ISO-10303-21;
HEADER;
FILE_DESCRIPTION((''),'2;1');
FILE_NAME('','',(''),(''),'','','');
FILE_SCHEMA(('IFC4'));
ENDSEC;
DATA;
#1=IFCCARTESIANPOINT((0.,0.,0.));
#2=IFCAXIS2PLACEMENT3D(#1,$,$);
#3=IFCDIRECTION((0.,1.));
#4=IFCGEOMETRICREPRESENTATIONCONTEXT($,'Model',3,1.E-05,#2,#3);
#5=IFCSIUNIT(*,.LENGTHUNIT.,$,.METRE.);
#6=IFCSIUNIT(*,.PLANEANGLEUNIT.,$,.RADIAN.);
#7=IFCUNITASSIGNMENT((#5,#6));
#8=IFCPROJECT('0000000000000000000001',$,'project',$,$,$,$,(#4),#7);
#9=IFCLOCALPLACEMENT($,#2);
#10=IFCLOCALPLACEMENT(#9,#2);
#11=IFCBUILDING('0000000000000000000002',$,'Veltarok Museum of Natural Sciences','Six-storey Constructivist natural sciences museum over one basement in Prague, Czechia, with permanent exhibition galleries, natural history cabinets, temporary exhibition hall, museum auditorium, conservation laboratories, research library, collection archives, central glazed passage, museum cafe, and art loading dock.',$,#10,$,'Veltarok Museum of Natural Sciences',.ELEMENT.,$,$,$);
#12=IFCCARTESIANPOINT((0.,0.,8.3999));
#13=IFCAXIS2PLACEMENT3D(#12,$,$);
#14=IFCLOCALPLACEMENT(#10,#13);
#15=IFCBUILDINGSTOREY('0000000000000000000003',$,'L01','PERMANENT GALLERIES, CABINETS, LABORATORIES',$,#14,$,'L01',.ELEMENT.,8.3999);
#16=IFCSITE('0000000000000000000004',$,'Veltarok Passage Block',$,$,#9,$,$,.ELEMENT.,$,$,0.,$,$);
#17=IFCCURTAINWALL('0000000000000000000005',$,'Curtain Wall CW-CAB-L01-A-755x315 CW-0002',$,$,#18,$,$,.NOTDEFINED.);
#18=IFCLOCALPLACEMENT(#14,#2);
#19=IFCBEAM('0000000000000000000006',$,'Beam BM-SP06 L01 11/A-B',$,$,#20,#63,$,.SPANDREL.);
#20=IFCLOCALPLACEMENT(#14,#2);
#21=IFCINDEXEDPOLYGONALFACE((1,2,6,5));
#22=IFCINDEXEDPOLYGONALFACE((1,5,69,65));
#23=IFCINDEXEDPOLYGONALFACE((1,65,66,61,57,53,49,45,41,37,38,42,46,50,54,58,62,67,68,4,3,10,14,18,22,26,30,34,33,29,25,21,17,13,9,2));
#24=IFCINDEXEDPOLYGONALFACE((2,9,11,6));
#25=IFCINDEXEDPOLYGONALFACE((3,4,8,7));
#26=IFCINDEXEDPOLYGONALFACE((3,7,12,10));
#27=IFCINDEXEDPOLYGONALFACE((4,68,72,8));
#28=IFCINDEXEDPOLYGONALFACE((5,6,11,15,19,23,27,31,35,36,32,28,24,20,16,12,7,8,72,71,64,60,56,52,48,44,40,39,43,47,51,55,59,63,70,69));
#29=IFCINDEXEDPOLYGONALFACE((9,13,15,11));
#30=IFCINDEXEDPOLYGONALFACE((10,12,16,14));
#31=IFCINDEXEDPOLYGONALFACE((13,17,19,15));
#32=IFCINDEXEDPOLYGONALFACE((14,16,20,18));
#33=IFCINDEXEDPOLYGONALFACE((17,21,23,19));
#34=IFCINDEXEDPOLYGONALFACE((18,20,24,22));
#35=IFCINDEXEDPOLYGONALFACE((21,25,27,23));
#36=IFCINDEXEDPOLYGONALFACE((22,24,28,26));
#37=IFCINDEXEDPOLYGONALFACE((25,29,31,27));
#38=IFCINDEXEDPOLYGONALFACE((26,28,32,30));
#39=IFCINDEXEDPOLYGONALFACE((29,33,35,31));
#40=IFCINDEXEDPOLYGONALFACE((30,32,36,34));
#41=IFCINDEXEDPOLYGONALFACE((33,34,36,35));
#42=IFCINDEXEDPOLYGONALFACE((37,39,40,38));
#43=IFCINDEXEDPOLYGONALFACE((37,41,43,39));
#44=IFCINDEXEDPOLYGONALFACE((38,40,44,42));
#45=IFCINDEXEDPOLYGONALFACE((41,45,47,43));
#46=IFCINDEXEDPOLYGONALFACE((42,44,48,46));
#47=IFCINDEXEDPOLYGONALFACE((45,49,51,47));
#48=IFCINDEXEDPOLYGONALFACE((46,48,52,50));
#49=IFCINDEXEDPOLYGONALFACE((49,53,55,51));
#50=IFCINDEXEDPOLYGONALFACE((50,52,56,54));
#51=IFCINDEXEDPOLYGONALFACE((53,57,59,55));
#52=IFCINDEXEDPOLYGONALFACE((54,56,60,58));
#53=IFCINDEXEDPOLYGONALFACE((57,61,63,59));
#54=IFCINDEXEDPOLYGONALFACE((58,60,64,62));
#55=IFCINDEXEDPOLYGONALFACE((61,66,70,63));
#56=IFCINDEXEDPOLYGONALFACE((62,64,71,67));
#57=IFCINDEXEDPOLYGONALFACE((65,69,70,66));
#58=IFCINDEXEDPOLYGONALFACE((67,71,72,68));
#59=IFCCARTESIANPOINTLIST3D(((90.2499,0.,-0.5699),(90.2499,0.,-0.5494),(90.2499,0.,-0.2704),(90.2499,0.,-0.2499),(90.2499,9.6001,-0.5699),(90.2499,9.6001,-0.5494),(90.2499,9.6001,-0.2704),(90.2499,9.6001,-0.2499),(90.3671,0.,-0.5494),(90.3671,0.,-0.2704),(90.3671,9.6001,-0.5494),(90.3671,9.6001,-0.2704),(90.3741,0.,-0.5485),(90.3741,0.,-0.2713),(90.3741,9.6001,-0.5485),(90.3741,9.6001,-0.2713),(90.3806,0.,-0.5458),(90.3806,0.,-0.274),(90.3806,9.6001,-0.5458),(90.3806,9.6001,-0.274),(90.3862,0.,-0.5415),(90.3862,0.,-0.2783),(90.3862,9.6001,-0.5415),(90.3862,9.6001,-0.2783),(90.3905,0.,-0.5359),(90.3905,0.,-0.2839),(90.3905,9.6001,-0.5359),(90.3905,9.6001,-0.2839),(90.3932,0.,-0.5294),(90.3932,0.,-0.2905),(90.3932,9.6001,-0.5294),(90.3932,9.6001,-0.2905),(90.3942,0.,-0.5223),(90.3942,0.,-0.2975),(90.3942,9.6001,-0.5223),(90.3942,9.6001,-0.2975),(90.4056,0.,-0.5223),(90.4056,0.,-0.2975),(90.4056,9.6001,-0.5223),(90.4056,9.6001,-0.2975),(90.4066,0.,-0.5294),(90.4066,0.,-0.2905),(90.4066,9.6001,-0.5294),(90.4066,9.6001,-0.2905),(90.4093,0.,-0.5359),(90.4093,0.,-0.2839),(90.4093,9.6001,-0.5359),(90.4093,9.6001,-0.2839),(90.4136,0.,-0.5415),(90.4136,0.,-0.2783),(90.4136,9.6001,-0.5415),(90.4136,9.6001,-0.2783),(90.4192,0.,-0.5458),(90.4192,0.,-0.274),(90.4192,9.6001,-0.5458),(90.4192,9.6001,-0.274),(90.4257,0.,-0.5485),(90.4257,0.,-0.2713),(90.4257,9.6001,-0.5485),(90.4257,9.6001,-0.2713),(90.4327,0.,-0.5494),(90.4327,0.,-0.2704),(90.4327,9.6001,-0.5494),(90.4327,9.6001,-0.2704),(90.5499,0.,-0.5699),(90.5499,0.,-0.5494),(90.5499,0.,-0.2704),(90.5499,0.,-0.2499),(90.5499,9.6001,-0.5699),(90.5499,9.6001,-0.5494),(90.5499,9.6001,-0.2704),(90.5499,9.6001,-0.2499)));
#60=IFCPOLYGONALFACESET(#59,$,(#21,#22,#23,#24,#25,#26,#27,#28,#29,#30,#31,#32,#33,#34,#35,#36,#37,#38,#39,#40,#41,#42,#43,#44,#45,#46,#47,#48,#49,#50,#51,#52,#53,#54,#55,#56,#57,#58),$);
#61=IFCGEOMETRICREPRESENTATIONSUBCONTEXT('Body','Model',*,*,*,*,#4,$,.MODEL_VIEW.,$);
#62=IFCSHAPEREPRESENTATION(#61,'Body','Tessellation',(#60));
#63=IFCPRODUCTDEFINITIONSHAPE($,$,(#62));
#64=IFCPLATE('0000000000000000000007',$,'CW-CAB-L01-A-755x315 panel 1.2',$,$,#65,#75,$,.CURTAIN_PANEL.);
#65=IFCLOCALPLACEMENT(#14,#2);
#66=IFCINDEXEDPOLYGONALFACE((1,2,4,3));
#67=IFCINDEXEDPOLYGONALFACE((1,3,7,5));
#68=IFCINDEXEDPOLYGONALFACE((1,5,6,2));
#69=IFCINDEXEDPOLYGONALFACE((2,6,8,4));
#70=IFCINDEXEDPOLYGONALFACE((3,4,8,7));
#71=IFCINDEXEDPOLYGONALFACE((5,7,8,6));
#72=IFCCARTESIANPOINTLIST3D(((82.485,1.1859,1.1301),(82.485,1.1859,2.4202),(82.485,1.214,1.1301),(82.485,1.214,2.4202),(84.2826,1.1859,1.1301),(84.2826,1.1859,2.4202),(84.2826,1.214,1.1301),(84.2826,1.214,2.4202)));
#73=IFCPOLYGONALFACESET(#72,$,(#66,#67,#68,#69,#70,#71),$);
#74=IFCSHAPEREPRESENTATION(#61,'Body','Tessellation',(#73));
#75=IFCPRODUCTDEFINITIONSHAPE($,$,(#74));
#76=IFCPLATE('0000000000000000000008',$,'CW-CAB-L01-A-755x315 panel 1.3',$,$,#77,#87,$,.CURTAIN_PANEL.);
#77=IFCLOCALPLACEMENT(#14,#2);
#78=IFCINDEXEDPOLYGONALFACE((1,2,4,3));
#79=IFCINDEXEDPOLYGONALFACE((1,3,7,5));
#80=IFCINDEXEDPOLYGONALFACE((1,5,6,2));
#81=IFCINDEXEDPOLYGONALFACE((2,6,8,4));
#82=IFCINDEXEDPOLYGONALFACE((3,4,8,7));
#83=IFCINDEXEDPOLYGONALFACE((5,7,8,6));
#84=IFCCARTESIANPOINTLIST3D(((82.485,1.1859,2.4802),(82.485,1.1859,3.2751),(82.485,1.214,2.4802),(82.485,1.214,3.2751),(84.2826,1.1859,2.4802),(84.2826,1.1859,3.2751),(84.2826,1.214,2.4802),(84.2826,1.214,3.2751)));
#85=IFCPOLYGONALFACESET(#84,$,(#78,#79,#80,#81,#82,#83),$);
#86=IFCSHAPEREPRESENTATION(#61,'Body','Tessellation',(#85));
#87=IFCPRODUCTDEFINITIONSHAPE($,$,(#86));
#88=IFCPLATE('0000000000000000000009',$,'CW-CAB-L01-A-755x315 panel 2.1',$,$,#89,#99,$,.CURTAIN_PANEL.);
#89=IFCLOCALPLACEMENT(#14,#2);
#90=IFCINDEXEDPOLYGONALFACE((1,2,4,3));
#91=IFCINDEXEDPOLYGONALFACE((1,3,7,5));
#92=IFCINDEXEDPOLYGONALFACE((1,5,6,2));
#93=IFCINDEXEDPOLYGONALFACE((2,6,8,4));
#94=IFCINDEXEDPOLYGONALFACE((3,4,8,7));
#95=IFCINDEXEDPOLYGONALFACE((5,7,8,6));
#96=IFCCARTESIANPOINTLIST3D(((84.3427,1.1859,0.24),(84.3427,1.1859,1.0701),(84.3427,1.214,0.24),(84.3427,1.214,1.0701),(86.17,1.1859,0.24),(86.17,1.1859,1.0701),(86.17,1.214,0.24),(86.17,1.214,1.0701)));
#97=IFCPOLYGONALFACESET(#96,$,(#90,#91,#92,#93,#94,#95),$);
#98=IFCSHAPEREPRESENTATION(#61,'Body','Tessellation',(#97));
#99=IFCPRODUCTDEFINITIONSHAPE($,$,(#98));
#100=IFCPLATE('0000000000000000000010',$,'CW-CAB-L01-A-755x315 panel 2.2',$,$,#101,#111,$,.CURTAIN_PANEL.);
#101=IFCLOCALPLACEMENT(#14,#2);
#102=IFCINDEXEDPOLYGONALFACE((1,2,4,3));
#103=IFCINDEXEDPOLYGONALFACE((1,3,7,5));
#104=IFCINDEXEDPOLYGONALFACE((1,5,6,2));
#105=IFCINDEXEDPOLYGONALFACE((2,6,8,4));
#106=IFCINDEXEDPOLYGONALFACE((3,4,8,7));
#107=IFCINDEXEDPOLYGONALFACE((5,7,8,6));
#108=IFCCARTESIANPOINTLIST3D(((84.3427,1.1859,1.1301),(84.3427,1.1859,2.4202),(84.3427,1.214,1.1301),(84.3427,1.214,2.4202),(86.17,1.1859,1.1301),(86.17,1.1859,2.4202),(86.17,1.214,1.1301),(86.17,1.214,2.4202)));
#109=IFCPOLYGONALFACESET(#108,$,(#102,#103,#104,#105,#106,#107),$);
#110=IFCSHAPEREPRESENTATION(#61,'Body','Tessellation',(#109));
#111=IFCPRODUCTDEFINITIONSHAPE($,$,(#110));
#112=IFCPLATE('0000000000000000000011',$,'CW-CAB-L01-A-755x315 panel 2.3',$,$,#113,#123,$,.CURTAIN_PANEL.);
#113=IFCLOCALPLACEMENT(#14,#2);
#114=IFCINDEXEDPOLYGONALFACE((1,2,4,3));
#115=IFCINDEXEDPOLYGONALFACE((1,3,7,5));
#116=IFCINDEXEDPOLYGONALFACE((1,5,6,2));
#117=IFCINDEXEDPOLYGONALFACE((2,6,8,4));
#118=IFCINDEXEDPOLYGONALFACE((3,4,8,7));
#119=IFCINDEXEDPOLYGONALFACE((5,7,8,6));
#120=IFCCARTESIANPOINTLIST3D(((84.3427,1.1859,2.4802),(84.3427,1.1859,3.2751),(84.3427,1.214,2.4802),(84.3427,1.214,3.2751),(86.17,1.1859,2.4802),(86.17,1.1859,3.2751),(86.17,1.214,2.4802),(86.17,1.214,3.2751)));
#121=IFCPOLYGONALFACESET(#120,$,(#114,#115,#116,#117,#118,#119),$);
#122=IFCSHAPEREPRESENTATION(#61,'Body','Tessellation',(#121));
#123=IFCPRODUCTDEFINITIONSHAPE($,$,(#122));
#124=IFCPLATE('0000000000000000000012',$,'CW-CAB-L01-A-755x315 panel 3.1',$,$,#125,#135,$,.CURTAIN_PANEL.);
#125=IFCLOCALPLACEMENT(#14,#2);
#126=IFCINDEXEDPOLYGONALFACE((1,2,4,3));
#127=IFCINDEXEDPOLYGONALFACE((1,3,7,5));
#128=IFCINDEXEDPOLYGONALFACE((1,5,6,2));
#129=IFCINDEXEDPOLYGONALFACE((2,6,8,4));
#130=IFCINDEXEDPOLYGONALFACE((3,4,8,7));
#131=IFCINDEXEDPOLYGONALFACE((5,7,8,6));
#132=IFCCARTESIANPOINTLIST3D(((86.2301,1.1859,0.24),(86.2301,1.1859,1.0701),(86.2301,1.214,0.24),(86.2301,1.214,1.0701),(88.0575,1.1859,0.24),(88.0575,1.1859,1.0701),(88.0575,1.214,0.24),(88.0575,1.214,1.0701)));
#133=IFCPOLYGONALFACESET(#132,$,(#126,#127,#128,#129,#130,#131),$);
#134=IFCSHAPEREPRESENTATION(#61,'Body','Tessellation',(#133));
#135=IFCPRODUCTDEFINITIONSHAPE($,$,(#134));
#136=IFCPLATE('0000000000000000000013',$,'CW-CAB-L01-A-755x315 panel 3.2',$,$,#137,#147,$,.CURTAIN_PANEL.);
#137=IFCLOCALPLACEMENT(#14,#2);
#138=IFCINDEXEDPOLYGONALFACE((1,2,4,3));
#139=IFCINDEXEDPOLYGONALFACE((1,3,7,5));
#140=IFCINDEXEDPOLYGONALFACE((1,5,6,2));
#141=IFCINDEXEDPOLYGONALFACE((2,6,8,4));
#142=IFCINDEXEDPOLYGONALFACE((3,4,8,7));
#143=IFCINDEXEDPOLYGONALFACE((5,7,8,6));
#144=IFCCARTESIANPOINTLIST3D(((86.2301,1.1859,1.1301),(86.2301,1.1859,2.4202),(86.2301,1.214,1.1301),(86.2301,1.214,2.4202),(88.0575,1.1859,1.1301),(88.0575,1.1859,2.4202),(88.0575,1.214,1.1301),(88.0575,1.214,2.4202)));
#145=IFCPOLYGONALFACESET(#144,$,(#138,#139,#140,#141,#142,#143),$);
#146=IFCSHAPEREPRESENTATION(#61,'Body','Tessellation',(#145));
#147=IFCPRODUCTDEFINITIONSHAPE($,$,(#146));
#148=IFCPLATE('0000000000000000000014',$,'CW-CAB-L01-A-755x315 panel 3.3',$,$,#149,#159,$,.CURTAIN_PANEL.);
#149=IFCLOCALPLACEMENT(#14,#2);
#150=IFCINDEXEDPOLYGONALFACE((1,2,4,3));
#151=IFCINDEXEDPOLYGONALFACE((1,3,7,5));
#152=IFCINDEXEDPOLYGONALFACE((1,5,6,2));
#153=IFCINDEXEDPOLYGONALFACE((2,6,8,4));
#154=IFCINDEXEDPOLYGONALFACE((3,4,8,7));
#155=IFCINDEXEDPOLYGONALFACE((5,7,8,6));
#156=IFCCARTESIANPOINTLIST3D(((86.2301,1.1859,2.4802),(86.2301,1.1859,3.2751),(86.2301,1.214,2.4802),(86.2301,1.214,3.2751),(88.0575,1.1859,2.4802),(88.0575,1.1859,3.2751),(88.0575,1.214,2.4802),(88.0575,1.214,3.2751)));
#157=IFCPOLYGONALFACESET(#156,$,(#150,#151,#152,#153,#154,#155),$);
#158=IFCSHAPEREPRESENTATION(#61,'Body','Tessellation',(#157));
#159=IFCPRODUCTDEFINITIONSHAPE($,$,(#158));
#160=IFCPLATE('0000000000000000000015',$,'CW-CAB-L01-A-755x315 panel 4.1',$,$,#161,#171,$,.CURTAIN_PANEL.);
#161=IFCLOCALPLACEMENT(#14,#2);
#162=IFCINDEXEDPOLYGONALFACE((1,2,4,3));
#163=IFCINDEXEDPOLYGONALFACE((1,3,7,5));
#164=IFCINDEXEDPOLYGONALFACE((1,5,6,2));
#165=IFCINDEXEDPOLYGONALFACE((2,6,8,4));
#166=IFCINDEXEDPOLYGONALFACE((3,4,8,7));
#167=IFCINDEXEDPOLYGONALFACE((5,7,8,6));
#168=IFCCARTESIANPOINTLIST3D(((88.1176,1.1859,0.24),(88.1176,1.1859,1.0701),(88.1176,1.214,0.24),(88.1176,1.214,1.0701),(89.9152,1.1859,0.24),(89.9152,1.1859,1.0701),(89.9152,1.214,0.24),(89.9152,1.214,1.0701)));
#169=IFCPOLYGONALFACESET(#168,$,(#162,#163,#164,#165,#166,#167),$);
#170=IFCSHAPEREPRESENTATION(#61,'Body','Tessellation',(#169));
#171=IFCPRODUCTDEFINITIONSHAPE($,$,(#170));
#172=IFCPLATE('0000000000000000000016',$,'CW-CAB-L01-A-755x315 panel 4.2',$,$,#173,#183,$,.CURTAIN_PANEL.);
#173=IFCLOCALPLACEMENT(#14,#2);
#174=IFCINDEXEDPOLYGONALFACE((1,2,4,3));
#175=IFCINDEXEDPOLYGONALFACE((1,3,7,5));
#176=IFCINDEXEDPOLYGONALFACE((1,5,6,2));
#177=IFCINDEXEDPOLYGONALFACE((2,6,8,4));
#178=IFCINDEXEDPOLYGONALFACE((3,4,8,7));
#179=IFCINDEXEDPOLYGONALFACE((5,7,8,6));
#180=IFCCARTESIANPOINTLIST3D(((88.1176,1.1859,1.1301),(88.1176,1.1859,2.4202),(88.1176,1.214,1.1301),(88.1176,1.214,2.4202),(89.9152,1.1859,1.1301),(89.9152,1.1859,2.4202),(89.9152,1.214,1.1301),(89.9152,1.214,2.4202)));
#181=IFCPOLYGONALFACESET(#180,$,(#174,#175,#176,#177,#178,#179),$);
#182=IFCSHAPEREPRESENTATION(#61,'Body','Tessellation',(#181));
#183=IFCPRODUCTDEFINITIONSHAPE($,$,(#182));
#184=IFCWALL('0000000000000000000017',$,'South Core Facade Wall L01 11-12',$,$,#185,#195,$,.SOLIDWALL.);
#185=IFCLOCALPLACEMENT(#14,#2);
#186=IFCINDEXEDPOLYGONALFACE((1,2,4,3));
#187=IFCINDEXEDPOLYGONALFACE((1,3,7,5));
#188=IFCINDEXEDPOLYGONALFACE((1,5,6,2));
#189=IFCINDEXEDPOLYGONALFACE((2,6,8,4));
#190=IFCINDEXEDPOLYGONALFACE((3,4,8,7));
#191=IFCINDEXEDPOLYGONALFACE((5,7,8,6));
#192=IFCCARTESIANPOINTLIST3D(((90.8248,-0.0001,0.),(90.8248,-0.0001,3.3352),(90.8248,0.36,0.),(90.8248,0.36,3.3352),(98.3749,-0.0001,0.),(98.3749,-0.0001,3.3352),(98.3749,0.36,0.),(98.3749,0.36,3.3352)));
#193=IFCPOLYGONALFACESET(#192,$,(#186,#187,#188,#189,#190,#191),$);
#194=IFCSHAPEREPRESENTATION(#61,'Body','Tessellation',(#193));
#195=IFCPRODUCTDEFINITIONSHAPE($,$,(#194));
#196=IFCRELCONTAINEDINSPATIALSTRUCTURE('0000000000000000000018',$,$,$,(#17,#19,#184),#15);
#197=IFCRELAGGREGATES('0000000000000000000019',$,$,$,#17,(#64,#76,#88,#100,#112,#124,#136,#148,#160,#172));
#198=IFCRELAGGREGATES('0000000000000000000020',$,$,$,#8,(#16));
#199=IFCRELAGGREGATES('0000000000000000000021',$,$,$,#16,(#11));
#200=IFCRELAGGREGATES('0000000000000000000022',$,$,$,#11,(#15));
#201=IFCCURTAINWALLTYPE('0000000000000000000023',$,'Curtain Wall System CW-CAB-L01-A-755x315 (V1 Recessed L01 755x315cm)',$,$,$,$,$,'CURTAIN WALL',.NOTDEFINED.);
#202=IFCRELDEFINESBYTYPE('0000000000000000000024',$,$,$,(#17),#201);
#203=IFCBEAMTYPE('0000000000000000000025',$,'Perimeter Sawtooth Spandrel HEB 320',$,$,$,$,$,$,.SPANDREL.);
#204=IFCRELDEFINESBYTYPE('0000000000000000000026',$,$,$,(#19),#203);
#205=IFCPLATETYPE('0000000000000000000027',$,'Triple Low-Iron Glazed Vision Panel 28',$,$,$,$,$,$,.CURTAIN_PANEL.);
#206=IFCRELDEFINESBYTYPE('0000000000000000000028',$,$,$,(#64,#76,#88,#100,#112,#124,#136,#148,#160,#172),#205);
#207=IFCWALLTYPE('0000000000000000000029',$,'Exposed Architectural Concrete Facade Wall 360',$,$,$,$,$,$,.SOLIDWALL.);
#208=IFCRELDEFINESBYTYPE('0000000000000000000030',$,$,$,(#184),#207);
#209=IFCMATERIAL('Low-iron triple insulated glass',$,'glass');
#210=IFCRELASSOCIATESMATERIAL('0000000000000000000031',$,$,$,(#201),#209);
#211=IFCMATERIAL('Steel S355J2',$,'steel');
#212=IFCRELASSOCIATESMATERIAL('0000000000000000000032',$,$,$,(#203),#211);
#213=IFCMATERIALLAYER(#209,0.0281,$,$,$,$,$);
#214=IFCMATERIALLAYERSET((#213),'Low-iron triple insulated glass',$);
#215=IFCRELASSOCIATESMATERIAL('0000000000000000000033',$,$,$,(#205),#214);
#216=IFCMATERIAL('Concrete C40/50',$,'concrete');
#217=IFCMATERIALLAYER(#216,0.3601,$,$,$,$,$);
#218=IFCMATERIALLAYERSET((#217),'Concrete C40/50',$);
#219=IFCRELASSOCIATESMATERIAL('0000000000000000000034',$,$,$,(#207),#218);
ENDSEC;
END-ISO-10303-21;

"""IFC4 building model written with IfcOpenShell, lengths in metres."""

from ifc_helpers import new_model, si_unit, direction, frame, frame_2d, origin, origin_2d, place, context, subcontext, project, spatial, rectangle, i_section, extrude, material, layer, layer_set, material_profile, profile_set, type_object, element, aggregate, save


model = new_model("IFC4")

# Units and contexts
model_context = context("Model", 3, precision=1e-05, world=origin(), true_north=direction((0.0, 1.0)))
body_context = subcontext(model_context, "Body", "Model", "MODEL_VIEW")
ifc_project = project(units=[si_unit("LENGTHUNIT", "METRE"), si_unit("PLANEANGLEUNIT", "RADIAN")], contexts=[model_context])

# Site, building, storey
site_placement = place(None, origin())
site = spatial("IfcSite", under=ifc_project, at=site_placement, Name="Veltarok Passage Block", CompositionType="ELEMENT", RefElevation=0.0)
building_placement = place(site_placement, origin())
building = spatial("IfcBuilding", under=site, at=building_placement, Name="Veltarok Museum of Natural Sciences", Description="Six-storey Constructivist natural sciences museum over one basement in Prague, Czechia, with permanent exhibition galleries, natural history cabinets, temporary exhibition hall, museum auditorium, conservation laboratories, research library, collection archives, central glazed passage, museum cafe, and art loading dock.", LongName="Veltarok Museum of Natural Sciences", CompositionType="ELEMENT")
storey_placement = place(building_placement, frame((0.0, 0.0, 8.3999)))
storey = spatial("IfcBuildingStorey", under=building, at=storey_placement, Name="L01", Description="PERMANENT GALLERIES, CABINETS, LABORATORIES", LongName="L01", CompositionType="ELEMENT", Elevation=8.3999)

# Shared definitions
ifc_material_1 = material(Name="Concrete C40/50", Category="concrete")

# Curtain wall
ifc_material_2 = material(Name="Low-iron triple insulated glass", Category="glass")
curtain_wall_type = type_object("IfcCurtainWallType", Name="Curtain Wall System CW-CAB-L01-A-755x315 (V1 Recessed L01 755x315cm)", ElementType="CURTAIN WALL", PredefinedType="NOTDEFINED", material=ifc_material_2)
curtain_wall_placement = place(storey_placement, origin())
curtain_wall = element("IfcCurtainWall", 1, at=curtain_wall_placement, inside=storey, type_object=curtain_wall_type, Name="Curtain Wall CW-CAB-L01-A-755x315 CW-0002", PredefinedType="NOTDEFINED")

# Beam
ifc_material_3 = material(Name="Steel S355J2", Category="steel")
ifc_material_profile_1 = material_profile(ifc_material_3, i_section(OverallWidth=0.3, OverallDepth=0.3201, WebThickness=0.0115, FlangeThickness=0.0205, FilletRadius=0.0271, at=origin_2d()), Name="HEB 320")
ifc_profile_set_1 = profile_set([ifc_material_profile_1], Name="Steel S355J2")
beam_type_1 = type_object("IfcBeamType", Name="Perimeter Sawtooth Spandrel HEB 320", PredefinedType="SPANDREL", material=ifc_profile_set_1)
beam_1_placement = place(storey_placement, frame((90.3999, 0.0, -0.4099), z_axis=(0.0, 1.0, 0.0), x_axis=(-1.0, 0.0, 0.0)))
element("IfcBeam", 2, at=beam_1_placement, inside=storey, type_object=beam_type_1, Name="Beam BM-SP06 L01 11/A-B", PredefinedType="SPANDREL", context=body_context, shape_type="SweptSolid", body=[
    extrude(i_section(OverallWidth=0.3, OverallDepth=0.3201, WebThickness=0.0115, FlangeThickness=0.0205, FilletRadius=0.0271, at=origin_2d()), origin(), (0.0, 0.0, 1.0), 9.6001),
])

# Plates
ifc_layer_1 = layer(ifc_material_2, 0.0281)
ifc_layer_set_1 = layer_set([ifc_layer_1], Name="Low-iron triple insulated glass")
plate_type = type_object("IfcPlateType", Name="Triple Low-Iron Glazed Vision Panel 28", PredefinedType="CURTAIN_PANEL", material=ifc_layer_set_1)
plate_1_placement = place(storey_placement, frame((83.3838, 1.2, 1.1301), z_axis=(0.0, 0.0, 1.0), x_axis=(1.0, 0.0, 0.0)))
plate_1 = element("IfcPlate", 3, at=plate_1_placement, type_object=plate_type, Name="CW-CAB-L01-A-755x315 panel 1.2", PredefinedType="CURTAIN_PANEL", context=body_context, shape_type="SweptSolid", body=[
    extrude(rectangle(XDim=1.7976, YDim=0.0281, at=origin_2d()), origin(), (0.0, 0.0, 1.0), 1.29),
])
plate_2_placement = place(storey_placement, frame((83.3838, 1.2, 2.4802), z_axis=(0.0, 0.0, 1.0), x_axis=(1.0, 0.0, 0.0)))
plate_2 = element("IfcPlate", 4, at=plate_2_placement, type_object=plate_type, Name="CW-CAB-L01-A-755x315 panel 1.3", PredefinedType="CURTAIN_PANEL", context=body_context, shape_type="SweptSolid", body=[
    extrude(rectangle(XDim=1.7976, YDim=0.0281, at=origin_2d()), origin(), (0.0, 0.0, 1.0), 0.7949),
])
plate_3_placement = place(storey_placement, frame((85.2563, 1.2, 0.24), z_axis=(0.0, 0.0, 1.0), x_axis=(1.0, 0.0, 0.0)))
plate_3 = element("IfcPlate", 5, at=plate_3_placement, type_object=plate_type, Name="CW-CAB-L01-A-755x315 panel 2.1", PredefinedType="CURTAIN_PANEL", context=body_context, shape_type="SweptSolid", body=[
    extrude(rectangle(XDim=1.8274, YDim=0.0281, at=origin_2d()), origin(), (0.0, 0.0, 1.0), 0.8301),
])
plate_4_placement = place(storey_placement, frame((85.2563, 1.2, 1.1301), z_axis=(0.0, 0.0, 1.0), x_axis=(1.0, 0.0, 0.0)))
plate_4 = element("IfcPlate", 6, at=plate_4_placement, type_object=plate_type, Name="CW-CAB-L01-A-755x315 panel 2.2", PredefinedType="CURTAIN_PANEL", context=body_context, shape_type="SweptSolid", body=[
    extrude(rectangle(XDim=1.8274, YDim=0.0281, at=origin_2d()), origin(), (0.0, 0.0, 1.0), 1.29),
])
plate_5_placement = place(storey_placement, frame((85.2563, 1.2, 2.4802), z_axis=(0.0, 0.0, 1.0), x_axis=(1.0, 0.0, 0.0)))
plate_5 = element("IfcPlate", 7, at=plate_5_placement, type_object=plate_type, Name="CW-CAB-L01-A-755x315 panel 2.3", PredefinedType="CURTAIN_PANEL", context=body_context, shape_type="SweptSolid", body=[
    extrude(rectangle(XDim=1.8274, YDim=0.0281, at=origin_2d()), origin(), (0.0, 0.0, 1.0), 0.7949),
])
plate_6_placement = place(storey_placement, frame((87.1438, 1.2, 0.24), z_axis=(0.0, 0.0, 1.0), x_axis=(1.0, 0.0, 0.0)))
plate_6 = element("IfcPlate", 8, at=plate_6_placement, type_object=plate_type, Name="CW-CAB-L01-A-755x315 panel 3.1", PredefinedType="CURTAIN_PANEL", context=body_context, shape_type="SweptSolid", body=[
    extrude(rectangle(XDim=1.8274, YDim=0.0281, at=origin_2d()), origin(), (0.0, 0.0, 1.0), 0.8301),
])
plate_7_placement = place(storey_placement, frame((87.1438, 1.2, 1.1301), z_axis=(0.0, 0.0, 1.0), x_axis=(1.0, 0.0, 0.0)))
plate_7 = element("IfcPlate", 9, at=plate_7_placement, type_object=plate_type, Name="CW-CAB-L01-A-755x315 panel 3.2", PredefinedType="CURTAIN_PANEL", context=body_context, shape_type="SweptSolid", body=[
    extrude(rectangle(XDim=1.8274, YDim=0.0281, at=origin_2d()), origin(), (0.0, 0.0, 1.0), 1.29),
])
plate_8_placement = place(storey_placement, frame((87.1438, 1.2, 2.4802), z_axis=(0.0, 0.0, 1.0), x_axis=(1.0, 0.0, 0.0)))
plate_8 = element("IfcPlate", 10, at=plate_8_placement, type_object=plate_type, Name="CW-CAB-L01-A-755x315 panel 3.3", PredefinedType="CURTAIN_PANEL", context=body_context, shape_type="SweptSolid", body=[
    extrude(rectangle(XDim=1.8274, YDim=0.0281, at=origin_2d()), origin(), (0.0, 0.0, 1.0), 0.7949),
])
plate_9_placement = place(storey_placement, frame((89.0164, 1.2, 0.24), z_axis=(0.0, 0.0, 1.0), x_axis=(1.0, 0.0, 0.0)))
plate_9 = element("IfcPlate", 11, at=plate_9_placement, type_object=plate_type, Name="CW-CAB-L01-A-755x315 panel 4.1", PredefinedType="CURTAIN_PANEL", context=body_context, shape_type="SweptSolid", body=[
    extrude(rectangle(XDim=1.7976, YDim=0.0281, at=origin_2d()), origin(), (0.0, 0.0, 1.0), 0.8301),
])
plate_10_placement = place(storey_placement, frame((89.0164, 1.2, 1.1301), z_axis=(0.0, 0.0, 1.0), x_axis=(1.0, 0.0, 0.0)))
plate_10 = element("IfcPlate", 12, at=plate_10_placement, type_object=plate_type, Name="CW-CAB-L01-A-755x315 panel 4.2", PredefinedType="CURTAIN_PANEL", context=body_context, shape_type="SweptSolid", body=[
    extrude(rectangle(XDim=1.7976, YDim=0.0281, at=origin_2d()), origin(), (0.0, 0.0, 1.0), 1.29),
])
aggregate(curtain_wall, [plate_1, plate_2, plate_3, plate_4, plate_5, plate_6, plate_7, plate_8, plate_9, plate_10])

# Wall
ifc_layer_2 = layer(ifc_material_1, 0.3601)
ifc_layer_set_2 = layer_set([ifc_layer_2], Name="Concrete C40/50")
wall_type_1 = type_object("IfcWallType", Name="Exposed Architectural Concrete Facade Wall 360", PredefinedType="SOLIDWALL", material=ifc_layer_set_2)
wall_1_placement = place(storey_placement, frame((90.825, 0.1799, 0.0), z_axis=(0.0, 0.0, 1.0), x_axis=(1.0, 0.0, 0.0)))
element("IfcWall", 13, at=wall_1_placement, inside=storey, type_object=wall_type_1, Name="South Core Facade Wall L01 11-12", PredefinedType="SOLIDWALL", context=body_context, shape_type="SweptSolid", body=[
    extrude(rectangle(XDim=7.55, YDim=0.3601, at=frame_2d((3.7749, 0.0))), origin(), (0.0, 0.0, 1.0), 3.3352),
])

save(model, "model.ifc")
